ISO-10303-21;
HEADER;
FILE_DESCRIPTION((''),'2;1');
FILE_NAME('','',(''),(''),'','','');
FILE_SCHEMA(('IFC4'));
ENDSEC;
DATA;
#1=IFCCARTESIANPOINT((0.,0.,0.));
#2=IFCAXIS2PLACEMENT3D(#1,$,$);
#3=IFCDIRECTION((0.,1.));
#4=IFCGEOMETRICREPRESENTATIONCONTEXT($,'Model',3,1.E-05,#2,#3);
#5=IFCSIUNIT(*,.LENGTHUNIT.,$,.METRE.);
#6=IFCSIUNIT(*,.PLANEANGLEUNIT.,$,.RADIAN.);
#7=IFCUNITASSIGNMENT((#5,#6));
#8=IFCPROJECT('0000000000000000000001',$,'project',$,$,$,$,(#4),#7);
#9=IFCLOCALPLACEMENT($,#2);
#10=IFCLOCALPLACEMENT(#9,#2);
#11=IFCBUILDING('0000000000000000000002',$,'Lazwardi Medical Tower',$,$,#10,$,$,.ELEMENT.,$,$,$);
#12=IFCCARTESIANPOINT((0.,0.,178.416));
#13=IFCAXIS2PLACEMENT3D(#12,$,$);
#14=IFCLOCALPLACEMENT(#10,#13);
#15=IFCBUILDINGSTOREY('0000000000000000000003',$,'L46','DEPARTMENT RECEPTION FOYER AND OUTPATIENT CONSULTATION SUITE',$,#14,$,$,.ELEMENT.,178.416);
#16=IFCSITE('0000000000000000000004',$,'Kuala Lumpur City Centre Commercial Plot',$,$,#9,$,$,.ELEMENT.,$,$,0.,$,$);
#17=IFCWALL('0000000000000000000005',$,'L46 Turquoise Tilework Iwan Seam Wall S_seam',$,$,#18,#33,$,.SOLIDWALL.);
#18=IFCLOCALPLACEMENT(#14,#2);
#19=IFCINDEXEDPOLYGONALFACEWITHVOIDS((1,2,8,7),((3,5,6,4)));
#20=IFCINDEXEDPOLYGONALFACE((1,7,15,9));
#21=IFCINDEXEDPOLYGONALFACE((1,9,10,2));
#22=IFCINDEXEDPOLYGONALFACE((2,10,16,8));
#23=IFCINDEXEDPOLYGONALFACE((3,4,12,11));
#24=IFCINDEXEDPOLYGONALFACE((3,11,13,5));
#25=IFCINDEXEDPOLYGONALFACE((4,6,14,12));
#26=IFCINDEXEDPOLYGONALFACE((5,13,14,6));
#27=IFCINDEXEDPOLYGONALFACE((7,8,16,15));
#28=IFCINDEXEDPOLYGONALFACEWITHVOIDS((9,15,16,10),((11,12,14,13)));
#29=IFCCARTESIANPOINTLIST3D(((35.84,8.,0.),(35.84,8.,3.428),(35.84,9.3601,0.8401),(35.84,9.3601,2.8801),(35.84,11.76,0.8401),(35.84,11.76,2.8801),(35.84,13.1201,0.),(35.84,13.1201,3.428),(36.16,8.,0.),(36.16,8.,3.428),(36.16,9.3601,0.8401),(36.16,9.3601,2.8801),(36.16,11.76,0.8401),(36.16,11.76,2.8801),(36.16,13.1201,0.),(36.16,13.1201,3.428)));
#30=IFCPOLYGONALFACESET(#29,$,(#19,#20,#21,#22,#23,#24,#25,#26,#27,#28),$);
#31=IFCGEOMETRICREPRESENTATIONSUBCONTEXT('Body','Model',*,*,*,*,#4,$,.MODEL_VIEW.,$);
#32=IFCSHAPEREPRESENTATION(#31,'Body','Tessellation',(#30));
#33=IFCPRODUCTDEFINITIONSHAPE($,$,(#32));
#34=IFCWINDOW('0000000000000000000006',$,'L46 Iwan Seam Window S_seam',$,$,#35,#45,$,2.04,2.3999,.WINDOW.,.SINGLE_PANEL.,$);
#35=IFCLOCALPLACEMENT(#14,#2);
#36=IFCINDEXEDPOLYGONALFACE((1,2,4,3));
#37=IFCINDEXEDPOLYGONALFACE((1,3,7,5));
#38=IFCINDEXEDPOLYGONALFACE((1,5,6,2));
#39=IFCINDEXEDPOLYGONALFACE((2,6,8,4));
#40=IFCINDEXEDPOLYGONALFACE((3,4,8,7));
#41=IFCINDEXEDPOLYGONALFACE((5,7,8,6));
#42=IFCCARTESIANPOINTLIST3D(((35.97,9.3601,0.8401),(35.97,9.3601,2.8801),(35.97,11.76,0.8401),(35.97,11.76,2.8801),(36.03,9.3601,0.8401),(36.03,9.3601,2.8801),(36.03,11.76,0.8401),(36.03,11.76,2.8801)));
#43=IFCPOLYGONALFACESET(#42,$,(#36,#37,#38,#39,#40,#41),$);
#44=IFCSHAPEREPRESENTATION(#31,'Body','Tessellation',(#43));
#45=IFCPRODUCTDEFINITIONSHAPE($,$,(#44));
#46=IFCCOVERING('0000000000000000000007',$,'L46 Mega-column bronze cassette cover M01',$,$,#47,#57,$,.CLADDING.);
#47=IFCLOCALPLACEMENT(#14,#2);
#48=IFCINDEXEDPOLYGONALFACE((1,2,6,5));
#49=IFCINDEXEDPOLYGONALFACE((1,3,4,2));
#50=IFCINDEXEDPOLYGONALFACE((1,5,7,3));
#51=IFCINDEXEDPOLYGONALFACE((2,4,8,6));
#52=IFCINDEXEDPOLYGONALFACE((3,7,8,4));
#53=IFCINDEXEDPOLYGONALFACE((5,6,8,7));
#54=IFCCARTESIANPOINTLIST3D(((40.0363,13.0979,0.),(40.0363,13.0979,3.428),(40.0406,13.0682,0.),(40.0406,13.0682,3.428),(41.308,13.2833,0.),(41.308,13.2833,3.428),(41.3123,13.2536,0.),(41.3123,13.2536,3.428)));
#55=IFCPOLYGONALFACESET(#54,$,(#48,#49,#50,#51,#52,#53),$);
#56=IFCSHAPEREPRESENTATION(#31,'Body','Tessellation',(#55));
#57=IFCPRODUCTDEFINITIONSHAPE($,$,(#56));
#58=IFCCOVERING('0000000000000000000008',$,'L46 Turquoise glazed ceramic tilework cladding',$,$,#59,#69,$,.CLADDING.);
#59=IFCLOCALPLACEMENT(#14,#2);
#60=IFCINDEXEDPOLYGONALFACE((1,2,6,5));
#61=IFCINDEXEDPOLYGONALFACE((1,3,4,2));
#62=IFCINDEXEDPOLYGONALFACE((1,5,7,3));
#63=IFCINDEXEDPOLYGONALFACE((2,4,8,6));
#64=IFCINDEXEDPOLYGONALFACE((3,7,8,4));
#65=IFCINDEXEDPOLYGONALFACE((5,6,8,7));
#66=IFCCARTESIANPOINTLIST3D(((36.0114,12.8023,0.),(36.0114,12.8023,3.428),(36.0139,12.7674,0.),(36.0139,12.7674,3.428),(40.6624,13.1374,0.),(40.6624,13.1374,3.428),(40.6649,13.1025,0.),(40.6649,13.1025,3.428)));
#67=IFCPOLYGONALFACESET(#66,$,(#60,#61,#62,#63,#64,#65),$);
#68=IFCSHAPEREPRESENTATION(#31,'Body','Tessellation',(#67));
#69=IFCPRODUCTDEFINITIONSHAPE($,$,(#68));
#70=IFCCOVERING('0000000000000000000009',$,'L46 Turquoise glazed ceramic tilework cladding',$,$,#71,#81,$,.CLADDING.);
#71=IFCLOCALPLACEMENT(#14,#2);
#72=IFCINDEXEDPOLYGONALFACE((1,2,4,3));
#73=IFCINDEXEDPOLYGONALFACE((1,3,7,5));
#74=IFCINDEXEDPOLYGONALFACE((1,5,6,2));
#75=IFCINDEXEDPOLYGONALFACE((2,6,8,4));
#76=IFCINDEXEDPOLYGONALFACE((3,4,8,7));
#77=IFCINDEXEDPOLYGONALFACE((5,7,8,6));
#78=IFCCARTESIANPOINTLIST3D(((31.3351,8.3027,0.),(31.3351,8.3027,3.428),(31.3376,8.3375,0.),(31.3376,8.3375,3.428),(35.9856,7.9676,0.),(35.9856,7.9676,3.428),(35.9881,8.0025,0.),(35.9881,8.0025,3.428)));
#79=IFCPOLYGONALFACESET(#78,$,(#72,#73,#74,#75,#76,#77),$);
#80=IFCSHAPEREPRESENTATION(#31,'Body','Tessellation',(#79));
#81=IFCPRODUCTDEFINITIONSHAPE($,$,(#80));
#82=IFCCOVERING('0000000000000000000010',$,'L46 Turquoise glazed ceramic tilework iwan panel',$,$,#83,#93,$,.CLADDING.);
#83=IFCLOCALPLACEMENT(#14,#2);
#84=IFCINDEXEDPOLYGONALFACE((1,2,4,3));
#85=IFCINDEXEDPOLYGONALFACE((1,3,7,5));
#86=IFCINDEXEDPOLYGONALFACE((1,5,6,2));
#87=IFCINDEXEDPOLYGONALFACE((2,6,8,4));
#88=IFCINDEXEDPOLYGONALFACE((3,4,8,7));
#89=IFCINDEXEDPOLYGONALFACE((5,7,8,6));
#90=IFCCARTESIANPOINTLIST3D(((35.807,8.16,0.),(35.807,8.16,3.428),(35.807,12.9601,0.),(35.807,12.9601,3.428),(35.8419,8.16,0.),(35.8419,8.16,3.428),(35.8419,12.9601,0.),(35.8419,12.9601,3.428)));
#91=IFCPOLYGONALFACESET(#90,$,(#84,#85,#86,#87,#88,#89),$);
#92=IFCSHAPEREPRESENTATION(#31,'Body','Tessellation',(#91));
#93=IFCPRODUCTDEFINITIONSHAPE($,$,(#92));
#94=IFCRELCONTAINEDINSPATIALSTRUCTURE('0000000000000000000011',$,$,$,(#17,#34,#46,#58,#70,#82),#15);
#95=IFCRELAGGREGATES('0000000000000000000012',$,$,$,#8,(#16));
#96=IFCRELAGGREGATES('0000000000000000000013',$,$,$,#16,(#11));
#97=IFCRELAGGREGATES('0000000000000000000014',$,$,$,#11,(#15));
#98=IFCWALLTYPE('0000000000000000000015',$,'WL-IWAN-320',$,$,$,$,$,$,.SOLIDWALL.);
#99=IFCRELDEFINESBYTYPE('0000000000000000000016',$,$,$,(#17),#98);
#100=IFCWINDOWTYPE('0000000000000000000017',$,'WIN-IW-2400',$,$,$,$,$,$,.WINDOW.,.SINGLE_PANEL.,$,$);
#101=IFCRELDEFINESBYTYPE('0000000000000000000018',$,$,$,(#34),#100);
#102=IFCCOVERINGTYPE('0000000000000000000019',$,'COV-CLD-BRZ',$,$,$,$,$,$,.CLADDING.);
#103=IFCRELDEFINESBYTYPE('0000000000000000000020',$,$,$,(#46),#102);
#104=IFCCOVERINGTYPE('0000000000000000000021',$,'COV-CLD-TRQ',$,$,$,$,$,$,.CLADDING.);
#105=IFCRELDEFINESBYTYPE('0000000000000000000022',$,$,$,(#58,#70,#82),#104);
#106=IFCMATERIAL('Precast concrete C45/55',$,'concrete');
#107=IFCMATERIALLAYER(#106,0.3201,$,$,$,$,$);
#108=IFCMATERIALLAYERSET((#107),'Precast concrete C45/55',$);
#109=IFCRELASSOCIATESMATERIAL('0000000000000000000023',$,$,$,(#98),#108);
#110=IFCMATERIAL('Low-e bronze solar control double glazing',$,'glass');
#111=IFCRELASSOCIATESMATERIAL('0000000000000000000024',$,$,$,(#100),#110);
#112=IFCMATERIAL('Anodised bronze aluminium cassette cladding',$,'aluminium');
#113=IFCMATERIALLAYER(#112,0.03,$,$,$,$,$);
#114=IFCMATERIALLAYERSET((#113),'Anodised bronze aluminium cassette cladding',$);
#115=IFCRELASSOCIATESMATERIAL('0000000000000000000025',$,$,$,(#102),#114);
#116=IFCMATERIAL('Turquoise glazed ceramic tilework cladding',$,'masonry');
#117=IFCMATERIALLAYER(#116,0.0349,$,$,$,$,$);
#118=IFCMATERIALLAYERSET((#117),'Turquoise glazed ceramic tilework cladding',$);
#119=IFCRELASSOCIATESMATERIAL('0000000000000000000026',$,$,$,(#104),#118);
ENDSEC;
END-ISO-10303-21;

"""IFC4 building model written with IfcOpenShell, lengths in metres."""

from ifc_helpers import new_model, si_unit, direction, frame, frame_2d, origin, origin_2d, place, context, subcontext, project, spatial, rectangle, extrude, material, layer, layer_set, type_object, element, fill, save


model = new_model("IFC4")

# Units and contexts
model_context = context("Model", 3, precision=1e-05, world=origin(), true_north=direction((0.0, 1.0)))
body_context = subcontext(model_context, "Body", "Model", "MODEL_VIEW")
ifc_project = project(units=[si_unit("LENGTHUNIT", "METRE"), si_unit("PLANEANGLEUNIT", "RADIAN")], contexts=[model_context])

# Site, building, storey
site_placement = place(None, origin())
site = spatial("IfcSite", under=ifc_project, at=site_placement, Name="Kuala Lumpur City Centre Commercial Plot", CompositionType="ELEMENT", RefElevation=0.0)
building_placement = place(site_placement, origin())
building = spatial("IfcBuilding", under=site, at=building_placement, Name="Lazwardi Medical Tower", CompositionType="ELEMENT")
storey_placement = place(building_placement, frame((0.0, 0.0, 178.416)))
storey = spatial("IfcBuildingStorey", under=building, at=storey_placement, Name="L46", Description="DEPARTMENT RECEPTION FOYER AND OUTPATIENT CONSULTATION SUITE", CompositionType="ELEMENT", Elevation=178.416)

# Shared definitions
ifc_material_1 = material(Name="Low-e bronze solar control double glazing", Category="glass")

# Wall, opening, window
ifc_material_2 = material(Name="Precast concrete C45/55", Category="concrete")
ifc_layer_1 = layer(ifc_material_2, 0.3201)
ifc_layer_set_1 = layer_set([ifc_layer_1], Name="Precast concrete C45/55")
wall_type = type_object("IfcWallType", Name="WL-IWAN-320", PredefinedType="SOLIDWALL", material=ifc_layer_set_1)
wall_1_placement = place(storey_placement, frame((36.0, 8.0, 0.0), z_axis=(0.0, 0.0, 1.0), x_axis=(0.0, 1.0, 0.0)))
wall_1 = element("IfcWall", 1, at=wall_1_placement, inside=storey, type_object=wall_type, Name="L46 Turquoise Tilework Iwan Seam Wall S_seam", PredefinedType="SOLIDWALL", context=body_context, shape_type="SweptSolid", body=[
    extrude(rectangle(XDim=5.1201, YDim=0.3201, at=frame_2d((2.5601, 0.0))), origin(), (0.0, 0.0, 1.0), 3.428),
])
opening_1_placement = place(wall_1_placement, frame((1.3601, 0.0, 0.8401)))
opening_1 = element("IfcOpeningElement", 2, at=opening_1_placement, cuts=wall_1, PredefinedType="OPENING", context=body_context, shape_type="SweptSolid", body=[
    extrude(rectangle(XDim=2.3999, YDim=2.04, at=frame_2d((1.2, 1.02))), frame((0.0, 0.1699, 0.0), z_axis=(0.0, -1.0, 0.0), x_axis=(1.0, 0.0, 0.0)), (0.0, 0.0, 1.0), 0.3401),
])
window_type_1 = type_object("IfcWindowType", Name="WIN-IW-2400", PartitioningType="SINGLE_PANEL", PredefinedType="WINDOW", material=ifc_material_1)
window_1_placement = place(opening_1_placement, origin())
window_1 = element("IfcWindow", 3, at=window_1_placement, inside=storey, type_object=window_type_1, Name="L46 Iwan Seam Window S_seam", OverallHeight=2.04, OverallWidth=2.3999, PartitioningType="SINGLE_PANEL", PredefinedType="WINDOW", context=body_context, shape_type="SweptSolid", body=[
    extrude(rectangle(XDim=2.3999, YDim=2.04, at=frame_2d((1.2, 1.02))), frame((0.0, 0.03, 0.0), z_axis=(0.0, -1.0, 0.0), x_axis=(1.0, 0.0, 0.0)), (0.0, 0.0, 1.0), 0.0601),
])
fill(opening_1, window_1)

# Coverings
ifc_material_3 = material(Name="Anodised bronze aluminium cassette cladding", Category="aluminium")
ifc_layer_2 = layer(ifc_material_3, 0.03)
ifc_layer_set_2 = layer_set([ifc_layer_2], Name="Anodised bronze aluminium cassette cladding")
covering_type_1 = type_object("IfcCoveringType", Name="COV-CLD-BRZ", PredefinedType="CLADDING", material=ifc_layer_set_2)
covering_1_placement = place(storey_placement, frame((40.6743, 13.1758, 0.0), z_axis=(0.0, 0.0, 1.0), x_axis=(0.989539, 0.144265, 0.0)))
element("IfcCovering", 4, at=covering_1_placement, inside=storey, type_object=covering_type_1, Name="L46 Mega-column bronze cassette cover M01", PredefinedType="CLADDING", context=body_context, shape_type="SweptSolid", body=[
    extrude(rectangle(XDim=1.2852, YDim=0.03, at=origin_2d()), origin(), (0.0, 0.0, 1.0), 3.428),
])
ifc_material_4 = material(Name="Turquoise glazed ceramic tilework cladding", Category="masonry")
ifc_layer_3 = layer(ifc_material_4, 0.0349)
ifc_layer_set_3 = layer_set([ifc_layer_3], Name="Turquoise glazed ceramic tilework cladding")
covering_type_2 = type_object("IfcCoveringType", Name="COV-CLD-TRQ", PredefinedType="CLADDING", material=ifc_layer_set_3)
covering_2_placement = place(storey_placement, frame((38.3381, 12.9524, 0.0), z_axis=(0.0, 0.0, 1.0), x_axis=(0.997415, 0.071863, 0.0)))
element("IfcCovering", 5, at=covering_2_placement, inside=storey, type_object=covering_type_2, Name="L46 Turquoise glazed ceramic tilework cladding", PredefinedType="CLADDING", context=body_context, shape_type="SweptSolid", body=[
    extrude(rectangle(XDim=4.6631, YDim=0.0349, at=origin_2d()), origin(), (0.0, 0.0, 1.0), 3.428),
])
covering_3_placement = place(storey_placement, frame((33.6616, 8.1526, 0.0), z_axis=(0.0, 0.0, 1.0), x_axis=(0.997414, -0.071868, 0.0)))
element("IfcCovering", 6, at=covering_3_placement, inside=storey, type_object=covering_type_2, Name="L46 Turquoise glazed ceramic tilework cladding", PredefinedType="CLADDING", context=body_context, shape_type="SweptSolid", body=[
    extrude(rectangle(XDim=4.6626, YDim=0.0349, at=origin_2d()), origin(), (0.0, 0.0, 1.0), 3.428),
])
covering_4_placement = place(storey_placement, frame((35.8245, 10.5601, 0.0), z_axis=(0.0, 0.0, 1.0), x_axis=(0.0, 1.0, 0.0)))
element("IfcCovering", 7, at=covering_4_placement, inside=storey, type_object=covering_type_2, Name="L46 Turquoise glazed ceramic tilework iwan panel", PredefinedType="CLADDING", context=body_context, shape_type="SweptSolid", body=[
    extrude(rectangle(XDim=4.8, YDim=0.0349, at=origin_2d()), origin(), (0.0, 0.0, 1.0), 3.428),
])

save(model, "model.ifc")
